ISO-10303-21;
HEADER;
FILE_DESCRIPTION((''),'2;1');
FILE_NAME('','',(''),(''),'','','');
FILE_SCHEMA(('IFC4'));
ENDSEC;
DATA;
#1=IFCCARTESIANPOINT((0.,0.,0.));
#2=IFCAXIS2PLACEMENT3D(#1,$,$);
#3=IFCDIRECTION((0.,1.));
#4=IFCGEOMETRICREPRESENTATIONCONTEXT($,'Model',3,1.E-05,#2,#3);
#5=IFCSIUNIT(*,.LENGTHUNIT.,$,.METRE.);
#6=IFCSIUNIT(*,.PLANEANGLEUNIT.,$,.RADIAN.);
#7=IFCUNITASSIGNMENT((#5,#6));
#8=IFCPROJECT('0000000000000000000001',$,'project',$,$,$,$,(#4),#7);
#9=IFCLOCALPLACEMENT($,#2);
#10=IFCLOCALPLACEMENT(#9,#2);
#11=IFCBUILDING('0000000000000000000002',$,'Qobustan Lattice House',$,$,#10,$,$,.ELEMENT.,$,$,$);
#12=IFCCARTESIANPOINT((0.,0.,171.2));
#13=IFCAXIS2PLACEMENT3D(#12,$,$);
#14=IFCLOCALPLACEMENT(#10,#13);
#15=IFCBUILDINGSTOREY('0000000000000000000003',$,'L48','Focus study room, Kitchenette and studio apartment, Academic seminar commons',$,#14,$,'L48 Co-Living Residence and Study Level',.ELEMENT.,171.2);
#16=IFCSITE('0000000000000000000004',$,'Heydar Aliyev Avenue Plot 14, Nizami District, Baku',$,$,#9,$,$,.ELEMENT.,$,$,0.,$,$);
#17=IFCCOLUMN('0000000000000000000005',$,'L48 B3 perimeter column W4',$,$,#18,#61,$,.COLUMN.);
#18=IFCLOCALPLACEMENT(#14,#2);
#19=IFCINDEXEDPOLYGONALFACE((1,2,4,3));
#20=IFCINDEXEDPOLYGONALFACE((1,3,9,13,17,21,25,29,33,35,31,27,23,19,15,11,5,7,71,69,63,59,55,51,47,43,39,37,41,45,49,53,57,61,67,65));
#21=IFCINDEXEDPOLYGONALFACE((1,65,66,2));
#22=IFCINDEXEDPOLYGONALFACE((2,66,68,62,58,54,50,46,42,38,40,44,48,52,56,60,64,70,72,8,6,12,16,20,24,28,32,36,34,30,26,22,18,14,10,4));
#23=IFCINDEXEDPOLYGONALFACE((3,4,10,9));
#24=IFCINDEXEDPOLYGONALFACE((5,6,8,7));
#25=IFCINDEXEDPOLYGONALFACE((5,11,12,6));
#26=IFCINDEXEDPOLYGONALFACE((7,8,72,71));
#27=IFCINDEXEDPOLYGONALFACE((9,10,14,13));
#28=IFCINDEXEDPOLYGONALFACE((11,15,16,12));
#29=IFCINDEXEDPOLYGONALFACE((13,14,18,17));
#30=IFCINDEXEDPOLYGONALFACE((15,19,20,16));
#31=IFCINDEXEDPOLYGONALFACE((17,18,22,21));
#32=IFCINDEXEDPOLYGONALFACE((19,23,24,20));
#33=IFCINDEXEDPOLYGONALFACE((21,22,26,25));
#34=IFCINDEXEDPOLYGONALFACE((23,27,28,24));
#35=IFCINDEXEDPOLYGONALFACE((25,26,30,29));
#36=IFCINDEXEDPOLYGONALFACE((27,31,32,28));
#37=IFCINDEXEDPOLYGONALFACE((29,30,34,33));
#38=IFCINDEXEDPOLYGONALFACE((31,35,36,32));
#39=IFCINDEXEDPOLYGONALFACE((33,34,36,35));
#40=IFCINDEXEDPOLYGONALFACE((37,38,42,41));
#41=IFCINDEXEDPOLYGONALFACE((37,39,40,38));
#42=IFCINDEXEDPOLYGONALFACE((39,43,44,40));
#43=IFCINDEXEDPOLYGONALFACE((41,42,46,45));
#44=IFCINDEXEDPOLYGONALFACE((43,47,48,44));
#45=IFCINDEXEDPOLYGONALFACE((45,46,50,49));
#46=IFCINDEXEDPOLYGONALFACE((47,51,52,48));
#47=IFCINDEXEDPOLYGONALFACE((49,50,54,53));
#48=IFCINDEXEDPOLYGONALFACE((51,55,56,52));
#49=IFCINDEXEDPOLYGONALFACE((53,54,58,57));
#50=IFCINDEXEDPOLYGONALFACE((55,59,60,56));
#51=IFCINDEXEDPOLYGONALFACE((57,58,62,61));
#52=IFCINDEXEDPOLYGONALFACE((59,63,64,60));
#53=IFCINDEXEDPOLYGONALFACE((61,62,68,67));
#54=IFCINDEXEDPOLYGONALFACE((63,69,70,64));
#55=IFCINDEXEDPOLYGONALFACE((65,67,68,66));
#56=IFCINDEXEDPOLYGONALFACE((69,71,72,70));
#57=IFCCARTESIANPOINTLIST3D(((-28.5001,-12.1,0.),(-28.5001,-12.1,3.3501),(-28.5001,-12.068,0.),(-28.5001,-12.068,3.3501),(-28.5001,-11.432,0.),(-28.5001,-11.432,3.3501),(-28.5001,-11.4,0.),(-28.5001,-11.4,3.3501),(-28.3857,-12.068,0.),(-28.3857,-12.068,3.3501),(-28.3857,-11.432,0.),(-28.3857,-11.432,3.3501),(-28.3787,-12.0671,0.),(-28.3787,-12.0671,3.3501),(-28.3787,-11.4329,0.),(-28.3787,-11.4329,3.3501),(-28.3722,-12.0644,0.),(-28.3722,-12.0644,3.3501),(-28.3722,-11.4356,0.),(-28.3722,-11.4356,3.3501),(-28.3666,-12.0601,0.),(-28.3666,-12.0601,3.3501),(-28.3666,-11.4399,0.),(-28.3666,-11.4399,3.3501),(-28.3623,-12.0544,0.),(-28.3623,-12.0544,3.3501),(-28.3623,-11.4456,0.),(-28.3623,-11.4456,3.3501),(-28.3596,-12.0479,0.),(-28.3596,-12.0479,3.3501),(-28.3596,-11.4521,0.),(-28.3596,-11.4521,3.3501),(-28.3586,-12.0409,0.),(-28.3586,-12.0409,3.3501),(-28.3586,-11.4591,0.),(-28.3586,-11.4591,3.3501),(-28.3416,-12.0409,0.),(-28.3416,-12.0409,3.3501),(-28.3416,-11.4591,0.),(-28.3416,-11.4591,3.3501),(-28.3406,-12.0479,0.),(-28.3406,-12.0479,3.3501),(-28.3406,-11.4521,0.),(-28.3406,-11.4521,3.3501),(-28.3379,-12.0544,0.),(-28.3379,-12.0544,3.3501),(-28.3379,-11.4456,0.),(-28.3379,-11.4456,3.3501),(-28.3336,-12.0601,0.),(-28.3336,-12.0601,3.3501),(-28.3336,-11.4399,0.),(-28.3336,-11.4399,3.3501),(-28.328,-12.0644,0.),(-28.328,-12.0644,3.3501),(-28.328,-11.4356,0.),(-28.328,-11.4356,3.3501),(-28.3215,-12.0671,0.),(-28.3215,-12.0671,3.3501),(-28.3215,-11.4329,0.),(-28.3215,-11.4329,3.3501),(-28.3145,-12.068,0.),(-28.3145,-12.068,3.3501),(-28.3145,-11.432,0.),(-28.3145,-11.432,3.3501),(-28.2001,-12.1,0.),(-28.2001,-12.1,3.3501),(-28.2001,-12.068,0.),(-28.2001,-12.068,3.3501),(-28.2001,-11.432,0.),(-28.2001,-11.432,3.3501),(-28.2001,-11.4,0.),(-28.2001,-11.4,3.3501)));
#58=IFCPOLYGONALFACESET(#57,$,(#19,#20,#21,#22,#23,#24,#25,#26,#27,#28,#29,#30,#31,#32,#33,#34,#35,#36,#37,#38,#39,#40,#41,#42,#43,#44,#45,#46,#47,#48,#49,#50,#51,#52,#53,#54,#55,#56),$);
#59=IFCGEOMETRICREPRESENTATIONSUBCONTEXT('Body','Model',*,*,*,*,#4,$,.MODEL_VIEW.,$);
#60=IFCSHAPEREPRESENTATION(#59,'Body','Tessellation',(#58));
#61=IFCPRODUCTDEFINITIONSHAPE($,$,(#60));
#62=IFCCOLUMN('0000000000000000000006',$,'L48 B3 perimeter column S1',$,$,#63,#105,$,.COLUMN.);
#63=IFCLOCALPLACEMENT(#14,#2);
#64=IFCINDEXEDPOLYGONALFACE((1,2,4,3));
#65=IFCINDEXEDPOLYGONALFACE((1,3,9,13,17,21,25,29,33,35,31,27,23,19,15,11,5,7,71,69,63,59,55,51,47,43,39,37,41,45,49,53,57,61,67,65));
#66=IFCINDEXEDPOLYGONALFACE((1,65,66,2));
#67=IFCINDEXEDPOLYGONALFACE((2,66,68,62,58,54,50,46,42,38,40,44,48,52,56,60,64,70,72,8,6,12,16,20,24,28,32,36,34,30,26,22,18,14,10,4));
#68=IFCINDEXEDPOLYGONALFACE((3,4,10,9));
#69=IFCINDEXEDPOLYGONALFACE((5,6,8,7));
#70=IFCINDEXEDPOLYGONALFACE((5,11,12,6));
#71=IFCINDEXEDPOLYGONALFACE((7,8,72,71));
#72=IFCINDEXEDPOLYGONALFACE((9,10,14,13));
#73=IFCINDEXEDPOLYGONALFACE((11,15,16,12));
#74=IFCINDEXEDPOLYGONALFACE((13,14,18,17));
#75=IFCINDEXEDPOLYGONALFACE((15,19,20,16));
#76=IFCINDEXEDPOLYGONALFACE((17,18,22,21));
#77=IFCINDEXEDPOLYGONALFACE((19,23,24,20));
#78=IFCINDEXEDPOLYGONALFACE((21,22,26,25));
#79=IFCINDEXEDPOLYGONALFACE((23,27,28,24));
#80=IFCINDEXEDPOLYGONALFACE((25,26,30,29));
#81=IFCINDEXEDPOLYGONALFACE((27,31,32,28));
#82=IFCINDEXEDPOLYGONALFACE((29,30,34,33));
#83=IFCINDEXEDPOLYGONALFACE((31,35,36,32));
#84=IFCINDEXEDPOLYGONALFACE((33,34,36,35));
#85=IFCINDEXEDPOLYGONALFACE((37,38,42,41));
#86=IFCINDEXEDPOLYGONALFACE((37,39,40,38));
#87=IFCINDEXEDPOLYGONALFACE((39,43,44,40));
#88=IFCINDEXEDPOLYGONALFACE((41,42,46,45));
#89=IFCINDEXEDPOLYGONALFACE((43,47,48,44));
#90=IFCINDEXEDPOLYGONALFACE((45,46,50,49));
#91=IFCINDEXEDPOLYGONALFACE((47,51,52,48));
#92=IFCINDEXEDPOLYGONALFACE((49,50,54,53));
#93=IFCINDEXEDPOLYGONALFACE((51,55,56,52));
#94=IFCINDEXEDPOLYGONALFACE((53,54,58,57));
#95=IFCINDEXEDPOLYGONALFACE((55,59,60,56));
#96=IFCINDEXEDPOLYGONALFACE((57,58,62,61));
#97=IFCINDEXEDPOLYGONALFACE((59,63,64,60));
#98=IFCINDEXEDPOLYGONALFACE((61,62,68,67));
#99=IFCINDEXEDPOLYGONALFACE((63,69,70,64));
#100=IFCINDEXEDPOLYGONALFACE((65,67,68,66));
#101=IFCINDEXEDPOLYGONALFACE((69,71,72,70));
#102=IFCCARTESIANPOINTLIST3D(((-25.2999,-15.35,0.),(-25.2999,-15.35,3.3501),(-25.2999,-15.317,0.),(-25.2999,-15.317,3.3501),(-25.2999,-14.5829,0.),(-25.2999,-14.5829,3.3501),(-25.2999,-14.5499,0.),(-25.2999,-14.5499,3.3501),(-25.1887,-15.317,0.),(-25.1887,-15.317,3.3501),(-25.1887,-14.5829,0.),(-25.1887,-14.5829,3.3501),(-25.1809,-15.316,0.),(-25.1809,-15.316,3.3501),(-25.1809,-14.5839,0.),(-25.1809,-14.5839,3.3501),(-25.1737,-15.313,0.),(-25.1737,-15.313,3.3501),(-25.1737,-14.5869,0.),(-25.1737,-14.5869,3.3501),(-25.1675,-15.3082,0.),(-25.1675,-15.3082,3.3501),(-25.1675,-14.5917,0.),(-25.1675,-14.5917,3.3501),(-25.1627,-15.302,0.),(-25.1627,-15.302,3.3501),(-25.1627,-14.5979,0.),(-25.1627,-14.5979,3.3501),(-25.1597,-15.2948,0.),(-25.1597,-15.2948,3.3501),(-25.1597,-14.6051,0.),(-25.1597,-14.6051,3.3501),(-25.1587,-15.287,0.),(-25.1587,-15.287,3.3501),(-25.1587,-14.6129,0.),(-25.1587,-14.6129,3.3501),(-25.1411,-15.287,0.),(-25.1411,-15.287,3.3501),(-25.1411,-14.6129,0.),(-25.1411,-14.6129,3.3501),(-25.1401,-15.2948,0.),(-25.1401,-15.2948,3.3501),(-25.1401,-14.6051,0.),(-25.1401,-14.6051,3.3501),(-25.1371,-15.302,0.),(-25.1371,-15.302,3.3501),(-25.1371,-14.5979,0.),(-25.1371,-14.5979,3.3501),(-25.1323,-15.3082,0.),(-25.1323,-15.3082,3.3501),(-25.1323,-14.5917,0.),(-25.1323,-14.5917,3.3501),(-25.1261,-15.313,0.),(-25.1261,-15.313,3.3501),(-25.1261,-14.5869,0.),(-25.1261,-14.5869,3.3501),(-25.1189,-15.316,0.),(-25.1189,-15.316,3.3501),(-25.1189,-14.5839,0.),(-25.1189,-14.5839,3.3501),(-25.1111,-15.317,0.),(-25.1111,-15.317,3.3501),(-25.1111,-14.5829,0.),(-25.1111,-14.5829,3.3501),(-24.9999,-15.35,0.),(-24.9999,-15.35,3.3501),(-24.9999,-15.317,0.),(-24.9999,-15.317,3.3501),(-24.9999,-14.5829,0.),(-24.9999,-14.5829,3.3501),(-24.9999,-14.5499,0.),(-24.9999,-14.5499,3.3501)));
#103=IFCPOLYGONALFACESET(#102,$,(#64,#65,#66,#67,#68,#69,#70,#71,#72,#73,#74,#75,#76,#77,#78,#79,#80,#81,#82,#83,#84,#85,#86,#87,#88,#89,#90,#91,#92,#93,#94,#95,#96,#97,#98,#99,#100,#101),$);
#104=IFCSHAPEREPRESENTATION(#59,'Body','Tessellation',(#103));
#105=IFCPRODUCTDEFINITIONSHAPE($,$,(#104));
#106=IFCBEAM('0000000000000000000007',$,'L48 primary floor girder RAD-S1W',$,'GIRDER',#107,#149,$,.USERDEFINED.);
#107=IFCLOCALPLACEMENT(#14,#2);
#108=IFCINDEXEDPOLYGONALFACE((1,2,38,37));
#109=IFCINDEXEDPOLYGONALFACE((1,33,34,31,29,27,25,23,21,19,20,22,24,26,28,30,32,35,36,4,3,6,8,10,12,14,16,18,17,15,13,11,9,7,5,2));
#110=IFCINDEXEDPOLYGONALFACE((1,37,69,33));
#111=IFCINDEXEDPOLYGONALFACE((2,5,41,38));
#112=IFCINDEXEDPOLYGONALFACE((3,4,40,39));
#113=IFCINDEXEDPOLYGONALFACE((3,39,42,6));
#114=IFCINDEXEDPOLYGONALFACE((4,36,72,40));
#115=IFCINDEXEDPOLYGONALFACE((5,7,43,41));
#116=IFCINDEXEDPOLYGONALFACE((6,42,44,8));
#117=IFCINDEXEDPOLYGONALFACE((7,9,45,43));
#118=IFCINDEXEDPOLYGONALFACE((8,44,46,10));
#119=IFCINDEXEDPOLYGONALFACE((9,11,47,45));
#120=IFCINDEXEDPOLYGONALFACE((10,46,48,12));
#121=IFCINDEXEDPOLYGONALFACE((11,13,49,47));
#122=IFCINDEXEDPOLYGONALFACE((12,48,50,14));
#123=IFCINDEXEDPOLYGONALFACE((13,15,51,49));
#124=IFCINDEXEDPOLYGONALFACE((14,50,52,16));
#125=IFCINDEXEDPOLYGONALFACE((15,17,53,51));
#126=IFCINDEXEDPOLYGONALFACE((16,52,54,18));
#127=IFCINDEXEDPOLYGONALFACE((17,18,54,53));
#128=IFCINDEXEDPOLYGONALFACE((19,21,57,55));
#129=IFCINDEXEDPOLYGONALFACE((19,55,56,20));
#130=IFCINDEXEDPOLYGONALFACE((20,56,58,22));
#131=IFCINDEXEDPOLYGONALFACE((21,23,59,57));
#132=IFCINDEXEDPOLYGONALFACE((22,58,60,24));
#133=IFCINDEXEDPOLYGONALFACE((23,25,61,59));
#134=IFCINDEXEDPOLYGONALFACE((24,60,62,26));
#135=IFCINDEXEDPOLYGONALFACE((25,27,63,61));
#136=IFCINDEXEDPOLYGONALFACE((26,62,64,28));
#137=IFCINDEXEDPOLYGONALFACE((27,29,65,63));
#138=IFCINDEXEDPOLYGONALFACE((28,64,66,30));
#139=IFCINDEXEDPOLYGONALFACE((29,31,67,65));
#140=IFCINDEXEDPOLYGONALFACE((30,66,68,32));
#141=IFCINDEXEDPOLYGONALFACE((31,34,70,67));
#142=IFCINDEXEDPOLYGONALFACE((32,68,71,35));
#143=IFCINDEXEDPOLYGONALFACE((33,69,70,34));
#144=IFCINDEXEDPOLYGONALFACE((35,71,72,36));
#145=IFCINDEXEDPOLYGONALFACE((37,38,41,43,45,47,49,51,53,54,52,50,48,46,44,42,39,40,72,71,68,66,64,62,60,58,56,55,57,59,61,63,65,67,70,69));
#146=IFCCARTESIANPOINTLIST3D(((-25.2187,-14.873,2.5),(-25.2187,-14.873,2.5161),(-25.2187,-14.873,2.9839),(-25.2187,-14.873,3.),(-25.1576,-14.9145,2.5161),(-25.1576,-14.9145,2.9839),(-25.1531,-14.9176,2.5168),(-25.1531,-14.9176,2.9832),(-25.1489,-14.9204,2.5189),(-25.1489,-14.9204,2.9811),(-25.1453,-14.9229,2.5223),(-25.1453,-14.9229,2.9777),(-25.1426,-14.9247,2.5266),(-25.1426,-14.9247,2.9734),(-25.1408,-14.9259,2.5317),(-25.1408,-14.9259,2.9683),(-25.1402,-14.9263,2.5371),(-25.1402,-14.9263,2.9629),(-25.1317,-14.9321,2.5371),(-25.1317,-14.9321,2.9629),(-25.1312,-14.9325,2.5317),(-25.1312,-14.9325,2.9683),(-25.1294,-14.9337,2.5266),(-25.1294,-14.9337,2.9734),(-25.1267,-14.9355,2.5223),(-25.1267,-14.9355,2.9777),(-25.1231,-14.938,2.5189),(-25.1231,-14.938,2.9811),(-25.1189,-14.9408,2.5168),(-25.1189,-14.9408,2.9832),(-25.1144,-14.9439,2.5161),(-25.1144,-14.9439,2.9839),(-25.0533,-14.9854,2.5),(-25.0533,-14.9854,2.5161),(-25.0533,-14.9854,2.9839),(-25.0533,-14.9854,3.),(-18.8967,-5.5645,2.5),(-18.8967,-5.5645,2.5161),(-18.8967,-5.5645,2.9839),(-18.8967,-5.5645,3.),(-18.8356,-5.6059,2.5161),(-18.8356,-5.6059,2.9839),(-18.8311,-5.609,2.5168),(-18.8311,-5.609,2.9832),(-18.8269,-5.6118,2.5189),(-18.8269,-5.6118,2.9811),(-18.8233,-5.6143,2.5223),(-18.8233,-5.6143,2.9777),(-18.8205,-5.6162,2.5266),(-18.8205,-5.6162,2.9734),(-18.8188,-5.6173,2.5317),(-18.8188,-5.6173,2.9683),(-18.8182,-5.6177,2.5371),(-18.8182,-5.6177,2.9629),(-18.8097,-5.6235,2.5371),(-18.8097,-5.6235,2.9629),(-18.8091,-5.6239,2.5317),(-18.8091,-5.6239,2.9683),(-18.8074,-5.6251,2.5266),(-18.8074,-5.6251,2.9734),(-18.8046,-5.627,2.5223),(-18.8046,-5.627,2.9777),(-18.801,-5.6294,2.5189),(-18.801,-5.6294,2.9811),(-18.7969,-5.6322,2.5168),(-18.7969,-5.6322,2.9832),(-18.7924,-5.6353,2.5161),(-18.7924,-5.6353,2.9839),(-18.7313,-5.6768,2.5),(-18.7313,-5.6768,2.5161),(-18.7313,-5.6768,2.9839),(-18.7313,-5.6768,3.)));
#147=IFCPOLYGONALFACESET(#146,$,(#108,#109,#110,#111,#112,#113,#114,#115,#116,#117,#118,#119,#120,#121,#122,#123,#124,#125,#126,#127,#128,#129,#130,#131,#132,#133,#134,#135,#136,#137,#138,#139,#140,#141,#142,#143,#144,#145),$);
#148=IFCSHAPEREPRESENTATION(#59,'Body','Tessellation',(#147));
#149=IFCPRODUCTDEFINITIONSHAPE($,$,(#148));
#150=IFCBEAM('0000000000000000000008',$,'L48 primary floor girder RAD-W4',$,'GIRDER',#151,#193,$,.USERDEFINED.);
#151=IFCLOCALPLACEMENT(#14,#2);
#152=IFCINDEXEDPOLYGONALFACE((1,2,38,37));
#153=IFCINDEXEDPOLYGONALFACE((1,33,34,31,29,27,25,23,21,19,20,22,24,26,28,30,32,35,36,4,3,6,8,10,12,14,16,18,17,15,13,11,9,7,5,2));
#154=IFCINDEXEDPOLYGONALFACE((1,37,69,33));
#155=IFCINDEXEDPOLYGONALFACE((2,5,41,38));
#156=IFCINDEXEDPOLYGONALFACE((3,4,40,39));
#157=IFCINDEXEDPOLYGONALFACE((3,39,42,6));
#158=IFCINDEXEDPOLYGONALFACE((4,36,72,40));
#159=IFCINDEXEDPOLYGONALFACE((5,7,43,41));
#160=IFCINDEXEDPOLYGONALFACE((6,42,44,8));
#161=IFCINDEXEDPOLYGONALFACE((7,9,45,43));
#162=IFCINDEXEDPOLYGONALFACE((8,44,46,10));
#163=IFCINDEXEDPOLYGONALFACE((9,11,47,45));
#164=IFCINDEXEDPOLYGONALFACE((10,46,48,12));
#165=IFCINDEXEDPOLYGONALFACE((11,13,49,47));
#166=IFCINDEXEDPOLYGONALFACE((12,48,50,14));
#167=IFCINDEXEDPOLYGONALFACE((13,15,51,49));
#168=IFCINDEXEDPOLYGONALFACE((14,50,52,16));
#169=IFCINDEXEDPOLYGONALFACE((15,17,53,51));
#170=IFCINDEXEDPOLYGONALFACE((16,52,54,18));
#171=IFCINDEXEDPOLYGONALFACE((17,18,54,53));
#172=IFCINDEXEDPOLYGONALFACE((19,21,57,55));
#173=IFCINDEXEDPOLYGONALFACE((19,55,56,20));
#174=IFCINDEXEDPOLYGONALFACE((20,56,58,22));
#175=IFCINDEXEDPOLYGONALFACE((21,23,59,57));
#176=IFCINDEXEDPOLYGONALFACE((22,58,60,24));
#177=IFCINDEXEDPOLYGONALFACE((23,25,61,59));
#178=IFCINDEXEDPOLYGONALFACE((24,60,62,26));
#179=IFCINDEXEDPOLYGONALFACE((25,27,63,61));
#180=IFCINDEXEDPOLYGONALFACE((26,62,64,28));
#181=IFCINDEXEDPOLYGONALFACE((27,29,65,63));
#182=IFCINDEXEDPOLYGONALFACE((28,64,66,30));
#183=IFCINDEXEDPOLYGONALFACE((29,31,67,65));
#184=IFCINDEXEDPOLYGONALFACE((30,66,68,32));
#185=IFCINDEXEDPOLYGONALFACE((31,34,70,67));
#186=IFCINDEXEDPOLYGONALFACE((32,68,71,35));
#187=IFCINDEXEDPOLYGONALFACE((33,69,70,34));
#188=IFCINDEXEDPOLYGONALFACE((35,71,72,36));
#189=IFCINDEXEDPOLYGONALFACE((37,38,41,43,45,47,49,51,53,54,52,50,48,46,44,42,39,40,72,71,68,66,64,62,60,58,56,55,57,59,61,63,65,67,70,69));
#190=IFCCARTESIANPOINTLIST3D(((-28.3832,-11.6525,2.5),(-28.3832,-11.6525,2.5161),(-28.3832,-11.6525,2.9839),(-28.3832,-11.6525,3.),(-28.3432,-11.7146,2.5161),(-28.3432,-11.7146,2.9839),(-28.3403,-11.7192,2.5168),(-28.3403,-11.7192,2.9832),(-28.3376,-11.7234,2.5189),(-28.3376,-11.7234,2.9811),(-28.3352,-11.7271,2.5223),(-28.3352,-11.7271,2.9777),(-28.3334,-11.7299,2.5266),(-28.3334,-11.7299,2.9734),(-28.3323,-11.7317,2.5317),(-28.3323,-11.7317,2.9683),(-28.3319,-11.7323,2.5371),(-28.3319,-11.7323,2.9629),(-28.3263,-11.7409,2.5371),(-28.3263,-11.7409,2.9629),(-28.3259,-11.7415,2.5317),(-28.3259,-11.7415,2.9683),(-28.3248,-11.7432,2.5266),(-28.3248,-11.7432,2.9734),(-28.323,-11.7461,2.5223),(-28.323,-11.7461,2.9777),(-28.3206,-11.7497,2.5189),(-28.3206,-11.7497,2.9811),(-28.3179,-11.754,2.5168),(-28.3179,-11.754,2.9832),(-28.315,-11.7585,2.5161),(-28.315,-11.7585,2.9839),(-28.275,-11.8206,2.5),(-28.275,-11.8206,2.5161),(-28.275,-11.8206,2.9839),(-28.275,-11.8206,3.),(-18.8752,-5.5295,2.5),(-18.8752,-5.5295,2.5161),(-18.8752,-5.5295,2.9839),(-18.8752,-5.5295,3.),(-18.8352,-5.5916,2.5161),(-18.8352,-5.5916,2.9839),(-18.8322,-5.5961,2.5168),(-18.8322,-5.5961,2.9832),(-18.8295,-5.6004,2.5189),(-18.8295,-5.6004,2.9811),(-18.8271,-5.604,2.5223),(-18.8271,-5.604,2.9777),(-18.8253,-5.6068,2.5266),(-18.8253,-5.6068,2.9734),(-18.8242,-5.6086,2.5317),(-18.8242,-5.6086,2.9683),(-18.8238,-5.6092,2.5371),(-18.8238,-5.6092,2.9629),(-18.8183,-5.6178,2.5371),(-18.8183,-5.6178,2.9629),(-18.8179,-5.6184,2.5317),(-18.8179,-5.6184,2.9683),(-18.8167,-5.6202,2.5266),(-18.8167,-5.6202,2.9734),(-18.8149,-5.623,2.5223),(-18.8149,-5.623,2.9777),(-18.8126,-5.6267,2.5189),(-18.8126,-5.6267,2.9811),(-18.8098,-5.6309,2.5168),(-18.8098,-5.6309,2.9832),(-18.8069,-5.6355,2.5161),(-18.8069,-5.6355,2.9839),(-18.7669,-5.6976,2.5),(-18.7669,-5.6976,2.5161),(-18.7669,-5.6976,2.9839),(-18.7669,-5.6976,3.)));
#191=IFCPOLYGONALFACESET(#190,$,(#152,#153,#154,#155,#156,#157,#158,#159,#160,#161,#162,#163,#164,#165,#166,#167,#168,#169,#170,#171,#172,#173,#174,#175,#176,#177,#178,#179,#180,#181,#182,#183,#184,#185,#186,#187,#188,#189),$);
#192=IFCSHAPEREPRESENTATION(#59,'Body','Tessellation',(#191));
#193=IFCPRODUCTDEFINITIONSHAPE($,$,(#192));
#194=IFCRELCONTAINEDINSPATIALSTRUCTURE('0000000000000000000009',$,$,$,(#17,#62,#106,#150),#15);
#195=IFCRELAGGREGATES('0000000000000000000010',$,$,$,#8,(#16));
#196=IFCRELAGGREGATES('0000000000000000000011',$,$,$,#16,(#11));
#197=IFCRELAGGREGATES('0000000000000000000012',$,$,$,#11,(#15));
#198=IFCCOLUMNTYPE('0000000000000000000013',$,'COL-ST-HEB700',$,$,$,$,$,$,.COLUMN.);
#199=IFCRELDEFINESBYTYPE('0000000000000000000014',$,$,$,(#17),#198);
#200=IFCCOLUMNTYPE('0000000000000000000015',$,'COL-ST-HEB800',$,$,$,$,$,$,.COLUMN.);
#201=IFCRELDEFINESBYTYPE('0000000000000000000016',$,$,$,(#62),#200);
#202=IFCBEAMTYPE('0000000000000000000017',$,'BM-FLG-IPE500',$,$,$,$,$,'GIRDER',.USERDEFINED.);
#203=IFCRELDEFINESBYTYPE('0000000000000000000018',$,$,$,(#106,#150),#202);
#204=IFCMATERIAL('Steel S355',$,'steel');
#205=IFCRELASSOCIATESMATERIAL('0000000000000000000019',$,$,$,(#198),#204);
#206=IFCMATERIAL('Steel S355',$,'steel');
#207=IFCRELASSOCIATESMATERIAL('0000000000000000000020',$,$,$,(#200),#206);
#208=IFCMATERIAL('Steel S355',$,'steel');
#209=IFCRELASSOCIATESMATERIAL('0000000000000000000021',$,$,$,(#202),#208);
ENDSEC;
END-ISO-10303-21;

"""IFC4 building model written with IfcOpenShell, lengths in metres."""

from ifc_helpers import new_model, si_unit, direction, frame, origin, origin_2d, place, context, subcontext, project, spatial, i_section, extrude, material, material_profile, profile_set, type_object, element, save


model = new_model("IFC4")

# Units and contexts
model_context = context("Model", 3, precision=1e-05, world=origin(), true_north=direction((0.0, 1.0)))
body_context = subcontext(model_context, "Body", "Model", "MODEL_VIEW")
ifc_project = project(units=[si_unit("LENGTHUNIT", "METRE"), si_unit("PLANEANGLEUNIT", "RADIAN")], contexts=[model_context])

# Site, building, storey
site_placement = place(None, origin())
site = spatial("IfcSite", under=ifc_project, at=site_placement, Name="Heydar Aliyev Avenue Plot 14, Nizami District, Baku", CompositionType="ELEMENT", RefElevation=0.0)
building_placement = place(site_placement, origin())
building = spatial("IfcBuilding", under=site, at=building_placement, Name="Qobustan Lattice House", CompositionType="ELEMENT")
storey_placement = place(building_placement, frame((0.0, 0.0, 171.2)))
storey = spatial("IfcBuildingStorey", under=building, at=storey_placement, Name="L48", Description="Focus study room, Kitchenette and studio apartment, Academic seminar commons", LongName="L48 Co-Living Residence and Study Level", CompositionType="ELEMENT", Elevation=171.2)

# Columns
ifc_material_1 = material(Name="Steel S355", Category="steel")
ifc_material_profile_1 = material_profile(ifc_material_1, i_section(OverallWidth=0.3, OverallDepth=0.7, WebThickness=0.0171, FlangeThickness=0.032, FilletRadius=0.0271, at=origin_2d()), Name="HEB700")
ifc_profile_set_1 = profile_set([ifc_material_profile_1], Name="Steel S355")
column_type_1 = type_object("IfcColumnType", Name="COL-ST-HEB700", PredefinedType="COLUMN", material=ifc_profile_set_1)
column_1_placement = place(storey_placement, frame((-28.3501, -11.75, 0.0), z_axis=(0.0, 0.0, 1.0), x_axis=(1.0, 0.0, 0.0)))
element("IfcColumn", 1, at=column_1_placement, inside=storey, type_object=column_type_1, Name="L48 B3 perimeter column W4", PredefinedType="COLUMN", context=body_context, shape_type="SweptSolid", body=[
    extrude(i_section(OverallWidth=0.3, OverallDepth=0.7, WebThickness=0.0171, FlangeThickness=0.032, FilletRadius=0.0271, at=origin_2d()), origin(), (0.0, 0.0, 1.0), 3.3501),
])
ifc_material_2 = material(Name="Steel S355", Category="steel")
ifc_material_profile_2 = material_profile(ifc_material_2, i_section(OverallWidth=0.3, OverallDepth=0.8, WebThickness=0.0176, FlangeThickness=0.033, FilletRadius=0.03, at=origin_2d()), Name="HEB800")
ifc_profile_set_2 = profile_set([ifc_material_profile_2], Name="Steel S355")
column_type_2 = type_object("IfcColumnType", Name="COL-ST-HEB800", PredefinedType="COLUMN", material=ifc_profile_set_2)
column_2_placement = place(storey_placement, frame((-25.1499, -14.95, 0.0), z_axis=(0.0, 0.0, 1.0), x_axis=(1.0, 0.0, 0.0)))
element("IfcColumn", 2, at=column_2_placement, inside=storey, type_object=column_type_2, Name="L48 B3 perimeter column S1", PredefinedType="COLUMN", context=body_context, shape_type="SweptSolid", body=[
    extrude(i_section(OverallWidth=0.3, OverallDepth=0.8, WebThickness=0.0176, FlangeThickness=0.033, FilletRadius=0.03, at=origin_2d()), origin(), (0.0, 0.0, 1.0), 3.3501),
])

# Beams
ifc_material_3 = material(Name="Steel S355", Category="steel")
ifc_material_profile_3 = material_profile(ifc_material_3, i_section(OverallWidth=0.2, OverallDepth=0.5, WebThickness=0.0103, FlangeThickness=0.0161, FilletRadius=0.021, at=origin_2d()), Name="IPE500")
ifc_profile_set_3 = profile_set([ifc_material_profile_3], Name="Steel S355")
beam_type_1 = type_object("IfcBeamType", Name="BM-FLG-IPE500", ElementType="GIRDER", PredefinedType="USERDEFINED", material=ifc_profile_set_3)
beam_1_placement = place(storey_placement, frame((-25.136, -14.9292, 2.75), z_axis=(0.561835, 0.82725, 0.0), x_axis=(-0.82725, 0.561835, 0.0)))
element("IfcBeam", 3, at=beam_1_placement, inside=storey, type_object=beam_type_1, Name="L48 primary floor girder RAD-S1W", ObjectType="GIRDER", PredefinedType="USERDEFINED", context=body_context, shape_type="SweptSolid", body=[
    extrude(i_section(OverallWidth=0.2, OverallDepth=0.5, WebThickness=0.0103, FlangeThickness=0.0161, FilletRadius=0.021, at=origin_2d()), origin(), (0.0, 0.0, 1.0), 11.2524),
])
beam_2_placement = place(storey_placement, frame((-28.3291, -11.7366, 2.75), z_axis=(0.840747, 0.541428, 0.0), x_axis=(-0.541428, 0.840747, 0.0)))
element("IfcBeam", 4, at=beam_2_placement, inside=storey, type_object=beam_type_1, Name="L48 primary floor girder RAD-W4", ObjectType="GIRDER", PredefinedType="USERDEFINED", context=body_context, shape_type="SweptSolid", body=[
    extrude(i_section(OverallWidth=0.2, OverallDepth=0.5, WebThickness=0.0103, FlangeThickness=0.0161, FilletRadius=0.021, at=origin_2d()), origin(), (0.0, 0.0, 1.0), 11.3091),
])

save(model, "model.ifc")
